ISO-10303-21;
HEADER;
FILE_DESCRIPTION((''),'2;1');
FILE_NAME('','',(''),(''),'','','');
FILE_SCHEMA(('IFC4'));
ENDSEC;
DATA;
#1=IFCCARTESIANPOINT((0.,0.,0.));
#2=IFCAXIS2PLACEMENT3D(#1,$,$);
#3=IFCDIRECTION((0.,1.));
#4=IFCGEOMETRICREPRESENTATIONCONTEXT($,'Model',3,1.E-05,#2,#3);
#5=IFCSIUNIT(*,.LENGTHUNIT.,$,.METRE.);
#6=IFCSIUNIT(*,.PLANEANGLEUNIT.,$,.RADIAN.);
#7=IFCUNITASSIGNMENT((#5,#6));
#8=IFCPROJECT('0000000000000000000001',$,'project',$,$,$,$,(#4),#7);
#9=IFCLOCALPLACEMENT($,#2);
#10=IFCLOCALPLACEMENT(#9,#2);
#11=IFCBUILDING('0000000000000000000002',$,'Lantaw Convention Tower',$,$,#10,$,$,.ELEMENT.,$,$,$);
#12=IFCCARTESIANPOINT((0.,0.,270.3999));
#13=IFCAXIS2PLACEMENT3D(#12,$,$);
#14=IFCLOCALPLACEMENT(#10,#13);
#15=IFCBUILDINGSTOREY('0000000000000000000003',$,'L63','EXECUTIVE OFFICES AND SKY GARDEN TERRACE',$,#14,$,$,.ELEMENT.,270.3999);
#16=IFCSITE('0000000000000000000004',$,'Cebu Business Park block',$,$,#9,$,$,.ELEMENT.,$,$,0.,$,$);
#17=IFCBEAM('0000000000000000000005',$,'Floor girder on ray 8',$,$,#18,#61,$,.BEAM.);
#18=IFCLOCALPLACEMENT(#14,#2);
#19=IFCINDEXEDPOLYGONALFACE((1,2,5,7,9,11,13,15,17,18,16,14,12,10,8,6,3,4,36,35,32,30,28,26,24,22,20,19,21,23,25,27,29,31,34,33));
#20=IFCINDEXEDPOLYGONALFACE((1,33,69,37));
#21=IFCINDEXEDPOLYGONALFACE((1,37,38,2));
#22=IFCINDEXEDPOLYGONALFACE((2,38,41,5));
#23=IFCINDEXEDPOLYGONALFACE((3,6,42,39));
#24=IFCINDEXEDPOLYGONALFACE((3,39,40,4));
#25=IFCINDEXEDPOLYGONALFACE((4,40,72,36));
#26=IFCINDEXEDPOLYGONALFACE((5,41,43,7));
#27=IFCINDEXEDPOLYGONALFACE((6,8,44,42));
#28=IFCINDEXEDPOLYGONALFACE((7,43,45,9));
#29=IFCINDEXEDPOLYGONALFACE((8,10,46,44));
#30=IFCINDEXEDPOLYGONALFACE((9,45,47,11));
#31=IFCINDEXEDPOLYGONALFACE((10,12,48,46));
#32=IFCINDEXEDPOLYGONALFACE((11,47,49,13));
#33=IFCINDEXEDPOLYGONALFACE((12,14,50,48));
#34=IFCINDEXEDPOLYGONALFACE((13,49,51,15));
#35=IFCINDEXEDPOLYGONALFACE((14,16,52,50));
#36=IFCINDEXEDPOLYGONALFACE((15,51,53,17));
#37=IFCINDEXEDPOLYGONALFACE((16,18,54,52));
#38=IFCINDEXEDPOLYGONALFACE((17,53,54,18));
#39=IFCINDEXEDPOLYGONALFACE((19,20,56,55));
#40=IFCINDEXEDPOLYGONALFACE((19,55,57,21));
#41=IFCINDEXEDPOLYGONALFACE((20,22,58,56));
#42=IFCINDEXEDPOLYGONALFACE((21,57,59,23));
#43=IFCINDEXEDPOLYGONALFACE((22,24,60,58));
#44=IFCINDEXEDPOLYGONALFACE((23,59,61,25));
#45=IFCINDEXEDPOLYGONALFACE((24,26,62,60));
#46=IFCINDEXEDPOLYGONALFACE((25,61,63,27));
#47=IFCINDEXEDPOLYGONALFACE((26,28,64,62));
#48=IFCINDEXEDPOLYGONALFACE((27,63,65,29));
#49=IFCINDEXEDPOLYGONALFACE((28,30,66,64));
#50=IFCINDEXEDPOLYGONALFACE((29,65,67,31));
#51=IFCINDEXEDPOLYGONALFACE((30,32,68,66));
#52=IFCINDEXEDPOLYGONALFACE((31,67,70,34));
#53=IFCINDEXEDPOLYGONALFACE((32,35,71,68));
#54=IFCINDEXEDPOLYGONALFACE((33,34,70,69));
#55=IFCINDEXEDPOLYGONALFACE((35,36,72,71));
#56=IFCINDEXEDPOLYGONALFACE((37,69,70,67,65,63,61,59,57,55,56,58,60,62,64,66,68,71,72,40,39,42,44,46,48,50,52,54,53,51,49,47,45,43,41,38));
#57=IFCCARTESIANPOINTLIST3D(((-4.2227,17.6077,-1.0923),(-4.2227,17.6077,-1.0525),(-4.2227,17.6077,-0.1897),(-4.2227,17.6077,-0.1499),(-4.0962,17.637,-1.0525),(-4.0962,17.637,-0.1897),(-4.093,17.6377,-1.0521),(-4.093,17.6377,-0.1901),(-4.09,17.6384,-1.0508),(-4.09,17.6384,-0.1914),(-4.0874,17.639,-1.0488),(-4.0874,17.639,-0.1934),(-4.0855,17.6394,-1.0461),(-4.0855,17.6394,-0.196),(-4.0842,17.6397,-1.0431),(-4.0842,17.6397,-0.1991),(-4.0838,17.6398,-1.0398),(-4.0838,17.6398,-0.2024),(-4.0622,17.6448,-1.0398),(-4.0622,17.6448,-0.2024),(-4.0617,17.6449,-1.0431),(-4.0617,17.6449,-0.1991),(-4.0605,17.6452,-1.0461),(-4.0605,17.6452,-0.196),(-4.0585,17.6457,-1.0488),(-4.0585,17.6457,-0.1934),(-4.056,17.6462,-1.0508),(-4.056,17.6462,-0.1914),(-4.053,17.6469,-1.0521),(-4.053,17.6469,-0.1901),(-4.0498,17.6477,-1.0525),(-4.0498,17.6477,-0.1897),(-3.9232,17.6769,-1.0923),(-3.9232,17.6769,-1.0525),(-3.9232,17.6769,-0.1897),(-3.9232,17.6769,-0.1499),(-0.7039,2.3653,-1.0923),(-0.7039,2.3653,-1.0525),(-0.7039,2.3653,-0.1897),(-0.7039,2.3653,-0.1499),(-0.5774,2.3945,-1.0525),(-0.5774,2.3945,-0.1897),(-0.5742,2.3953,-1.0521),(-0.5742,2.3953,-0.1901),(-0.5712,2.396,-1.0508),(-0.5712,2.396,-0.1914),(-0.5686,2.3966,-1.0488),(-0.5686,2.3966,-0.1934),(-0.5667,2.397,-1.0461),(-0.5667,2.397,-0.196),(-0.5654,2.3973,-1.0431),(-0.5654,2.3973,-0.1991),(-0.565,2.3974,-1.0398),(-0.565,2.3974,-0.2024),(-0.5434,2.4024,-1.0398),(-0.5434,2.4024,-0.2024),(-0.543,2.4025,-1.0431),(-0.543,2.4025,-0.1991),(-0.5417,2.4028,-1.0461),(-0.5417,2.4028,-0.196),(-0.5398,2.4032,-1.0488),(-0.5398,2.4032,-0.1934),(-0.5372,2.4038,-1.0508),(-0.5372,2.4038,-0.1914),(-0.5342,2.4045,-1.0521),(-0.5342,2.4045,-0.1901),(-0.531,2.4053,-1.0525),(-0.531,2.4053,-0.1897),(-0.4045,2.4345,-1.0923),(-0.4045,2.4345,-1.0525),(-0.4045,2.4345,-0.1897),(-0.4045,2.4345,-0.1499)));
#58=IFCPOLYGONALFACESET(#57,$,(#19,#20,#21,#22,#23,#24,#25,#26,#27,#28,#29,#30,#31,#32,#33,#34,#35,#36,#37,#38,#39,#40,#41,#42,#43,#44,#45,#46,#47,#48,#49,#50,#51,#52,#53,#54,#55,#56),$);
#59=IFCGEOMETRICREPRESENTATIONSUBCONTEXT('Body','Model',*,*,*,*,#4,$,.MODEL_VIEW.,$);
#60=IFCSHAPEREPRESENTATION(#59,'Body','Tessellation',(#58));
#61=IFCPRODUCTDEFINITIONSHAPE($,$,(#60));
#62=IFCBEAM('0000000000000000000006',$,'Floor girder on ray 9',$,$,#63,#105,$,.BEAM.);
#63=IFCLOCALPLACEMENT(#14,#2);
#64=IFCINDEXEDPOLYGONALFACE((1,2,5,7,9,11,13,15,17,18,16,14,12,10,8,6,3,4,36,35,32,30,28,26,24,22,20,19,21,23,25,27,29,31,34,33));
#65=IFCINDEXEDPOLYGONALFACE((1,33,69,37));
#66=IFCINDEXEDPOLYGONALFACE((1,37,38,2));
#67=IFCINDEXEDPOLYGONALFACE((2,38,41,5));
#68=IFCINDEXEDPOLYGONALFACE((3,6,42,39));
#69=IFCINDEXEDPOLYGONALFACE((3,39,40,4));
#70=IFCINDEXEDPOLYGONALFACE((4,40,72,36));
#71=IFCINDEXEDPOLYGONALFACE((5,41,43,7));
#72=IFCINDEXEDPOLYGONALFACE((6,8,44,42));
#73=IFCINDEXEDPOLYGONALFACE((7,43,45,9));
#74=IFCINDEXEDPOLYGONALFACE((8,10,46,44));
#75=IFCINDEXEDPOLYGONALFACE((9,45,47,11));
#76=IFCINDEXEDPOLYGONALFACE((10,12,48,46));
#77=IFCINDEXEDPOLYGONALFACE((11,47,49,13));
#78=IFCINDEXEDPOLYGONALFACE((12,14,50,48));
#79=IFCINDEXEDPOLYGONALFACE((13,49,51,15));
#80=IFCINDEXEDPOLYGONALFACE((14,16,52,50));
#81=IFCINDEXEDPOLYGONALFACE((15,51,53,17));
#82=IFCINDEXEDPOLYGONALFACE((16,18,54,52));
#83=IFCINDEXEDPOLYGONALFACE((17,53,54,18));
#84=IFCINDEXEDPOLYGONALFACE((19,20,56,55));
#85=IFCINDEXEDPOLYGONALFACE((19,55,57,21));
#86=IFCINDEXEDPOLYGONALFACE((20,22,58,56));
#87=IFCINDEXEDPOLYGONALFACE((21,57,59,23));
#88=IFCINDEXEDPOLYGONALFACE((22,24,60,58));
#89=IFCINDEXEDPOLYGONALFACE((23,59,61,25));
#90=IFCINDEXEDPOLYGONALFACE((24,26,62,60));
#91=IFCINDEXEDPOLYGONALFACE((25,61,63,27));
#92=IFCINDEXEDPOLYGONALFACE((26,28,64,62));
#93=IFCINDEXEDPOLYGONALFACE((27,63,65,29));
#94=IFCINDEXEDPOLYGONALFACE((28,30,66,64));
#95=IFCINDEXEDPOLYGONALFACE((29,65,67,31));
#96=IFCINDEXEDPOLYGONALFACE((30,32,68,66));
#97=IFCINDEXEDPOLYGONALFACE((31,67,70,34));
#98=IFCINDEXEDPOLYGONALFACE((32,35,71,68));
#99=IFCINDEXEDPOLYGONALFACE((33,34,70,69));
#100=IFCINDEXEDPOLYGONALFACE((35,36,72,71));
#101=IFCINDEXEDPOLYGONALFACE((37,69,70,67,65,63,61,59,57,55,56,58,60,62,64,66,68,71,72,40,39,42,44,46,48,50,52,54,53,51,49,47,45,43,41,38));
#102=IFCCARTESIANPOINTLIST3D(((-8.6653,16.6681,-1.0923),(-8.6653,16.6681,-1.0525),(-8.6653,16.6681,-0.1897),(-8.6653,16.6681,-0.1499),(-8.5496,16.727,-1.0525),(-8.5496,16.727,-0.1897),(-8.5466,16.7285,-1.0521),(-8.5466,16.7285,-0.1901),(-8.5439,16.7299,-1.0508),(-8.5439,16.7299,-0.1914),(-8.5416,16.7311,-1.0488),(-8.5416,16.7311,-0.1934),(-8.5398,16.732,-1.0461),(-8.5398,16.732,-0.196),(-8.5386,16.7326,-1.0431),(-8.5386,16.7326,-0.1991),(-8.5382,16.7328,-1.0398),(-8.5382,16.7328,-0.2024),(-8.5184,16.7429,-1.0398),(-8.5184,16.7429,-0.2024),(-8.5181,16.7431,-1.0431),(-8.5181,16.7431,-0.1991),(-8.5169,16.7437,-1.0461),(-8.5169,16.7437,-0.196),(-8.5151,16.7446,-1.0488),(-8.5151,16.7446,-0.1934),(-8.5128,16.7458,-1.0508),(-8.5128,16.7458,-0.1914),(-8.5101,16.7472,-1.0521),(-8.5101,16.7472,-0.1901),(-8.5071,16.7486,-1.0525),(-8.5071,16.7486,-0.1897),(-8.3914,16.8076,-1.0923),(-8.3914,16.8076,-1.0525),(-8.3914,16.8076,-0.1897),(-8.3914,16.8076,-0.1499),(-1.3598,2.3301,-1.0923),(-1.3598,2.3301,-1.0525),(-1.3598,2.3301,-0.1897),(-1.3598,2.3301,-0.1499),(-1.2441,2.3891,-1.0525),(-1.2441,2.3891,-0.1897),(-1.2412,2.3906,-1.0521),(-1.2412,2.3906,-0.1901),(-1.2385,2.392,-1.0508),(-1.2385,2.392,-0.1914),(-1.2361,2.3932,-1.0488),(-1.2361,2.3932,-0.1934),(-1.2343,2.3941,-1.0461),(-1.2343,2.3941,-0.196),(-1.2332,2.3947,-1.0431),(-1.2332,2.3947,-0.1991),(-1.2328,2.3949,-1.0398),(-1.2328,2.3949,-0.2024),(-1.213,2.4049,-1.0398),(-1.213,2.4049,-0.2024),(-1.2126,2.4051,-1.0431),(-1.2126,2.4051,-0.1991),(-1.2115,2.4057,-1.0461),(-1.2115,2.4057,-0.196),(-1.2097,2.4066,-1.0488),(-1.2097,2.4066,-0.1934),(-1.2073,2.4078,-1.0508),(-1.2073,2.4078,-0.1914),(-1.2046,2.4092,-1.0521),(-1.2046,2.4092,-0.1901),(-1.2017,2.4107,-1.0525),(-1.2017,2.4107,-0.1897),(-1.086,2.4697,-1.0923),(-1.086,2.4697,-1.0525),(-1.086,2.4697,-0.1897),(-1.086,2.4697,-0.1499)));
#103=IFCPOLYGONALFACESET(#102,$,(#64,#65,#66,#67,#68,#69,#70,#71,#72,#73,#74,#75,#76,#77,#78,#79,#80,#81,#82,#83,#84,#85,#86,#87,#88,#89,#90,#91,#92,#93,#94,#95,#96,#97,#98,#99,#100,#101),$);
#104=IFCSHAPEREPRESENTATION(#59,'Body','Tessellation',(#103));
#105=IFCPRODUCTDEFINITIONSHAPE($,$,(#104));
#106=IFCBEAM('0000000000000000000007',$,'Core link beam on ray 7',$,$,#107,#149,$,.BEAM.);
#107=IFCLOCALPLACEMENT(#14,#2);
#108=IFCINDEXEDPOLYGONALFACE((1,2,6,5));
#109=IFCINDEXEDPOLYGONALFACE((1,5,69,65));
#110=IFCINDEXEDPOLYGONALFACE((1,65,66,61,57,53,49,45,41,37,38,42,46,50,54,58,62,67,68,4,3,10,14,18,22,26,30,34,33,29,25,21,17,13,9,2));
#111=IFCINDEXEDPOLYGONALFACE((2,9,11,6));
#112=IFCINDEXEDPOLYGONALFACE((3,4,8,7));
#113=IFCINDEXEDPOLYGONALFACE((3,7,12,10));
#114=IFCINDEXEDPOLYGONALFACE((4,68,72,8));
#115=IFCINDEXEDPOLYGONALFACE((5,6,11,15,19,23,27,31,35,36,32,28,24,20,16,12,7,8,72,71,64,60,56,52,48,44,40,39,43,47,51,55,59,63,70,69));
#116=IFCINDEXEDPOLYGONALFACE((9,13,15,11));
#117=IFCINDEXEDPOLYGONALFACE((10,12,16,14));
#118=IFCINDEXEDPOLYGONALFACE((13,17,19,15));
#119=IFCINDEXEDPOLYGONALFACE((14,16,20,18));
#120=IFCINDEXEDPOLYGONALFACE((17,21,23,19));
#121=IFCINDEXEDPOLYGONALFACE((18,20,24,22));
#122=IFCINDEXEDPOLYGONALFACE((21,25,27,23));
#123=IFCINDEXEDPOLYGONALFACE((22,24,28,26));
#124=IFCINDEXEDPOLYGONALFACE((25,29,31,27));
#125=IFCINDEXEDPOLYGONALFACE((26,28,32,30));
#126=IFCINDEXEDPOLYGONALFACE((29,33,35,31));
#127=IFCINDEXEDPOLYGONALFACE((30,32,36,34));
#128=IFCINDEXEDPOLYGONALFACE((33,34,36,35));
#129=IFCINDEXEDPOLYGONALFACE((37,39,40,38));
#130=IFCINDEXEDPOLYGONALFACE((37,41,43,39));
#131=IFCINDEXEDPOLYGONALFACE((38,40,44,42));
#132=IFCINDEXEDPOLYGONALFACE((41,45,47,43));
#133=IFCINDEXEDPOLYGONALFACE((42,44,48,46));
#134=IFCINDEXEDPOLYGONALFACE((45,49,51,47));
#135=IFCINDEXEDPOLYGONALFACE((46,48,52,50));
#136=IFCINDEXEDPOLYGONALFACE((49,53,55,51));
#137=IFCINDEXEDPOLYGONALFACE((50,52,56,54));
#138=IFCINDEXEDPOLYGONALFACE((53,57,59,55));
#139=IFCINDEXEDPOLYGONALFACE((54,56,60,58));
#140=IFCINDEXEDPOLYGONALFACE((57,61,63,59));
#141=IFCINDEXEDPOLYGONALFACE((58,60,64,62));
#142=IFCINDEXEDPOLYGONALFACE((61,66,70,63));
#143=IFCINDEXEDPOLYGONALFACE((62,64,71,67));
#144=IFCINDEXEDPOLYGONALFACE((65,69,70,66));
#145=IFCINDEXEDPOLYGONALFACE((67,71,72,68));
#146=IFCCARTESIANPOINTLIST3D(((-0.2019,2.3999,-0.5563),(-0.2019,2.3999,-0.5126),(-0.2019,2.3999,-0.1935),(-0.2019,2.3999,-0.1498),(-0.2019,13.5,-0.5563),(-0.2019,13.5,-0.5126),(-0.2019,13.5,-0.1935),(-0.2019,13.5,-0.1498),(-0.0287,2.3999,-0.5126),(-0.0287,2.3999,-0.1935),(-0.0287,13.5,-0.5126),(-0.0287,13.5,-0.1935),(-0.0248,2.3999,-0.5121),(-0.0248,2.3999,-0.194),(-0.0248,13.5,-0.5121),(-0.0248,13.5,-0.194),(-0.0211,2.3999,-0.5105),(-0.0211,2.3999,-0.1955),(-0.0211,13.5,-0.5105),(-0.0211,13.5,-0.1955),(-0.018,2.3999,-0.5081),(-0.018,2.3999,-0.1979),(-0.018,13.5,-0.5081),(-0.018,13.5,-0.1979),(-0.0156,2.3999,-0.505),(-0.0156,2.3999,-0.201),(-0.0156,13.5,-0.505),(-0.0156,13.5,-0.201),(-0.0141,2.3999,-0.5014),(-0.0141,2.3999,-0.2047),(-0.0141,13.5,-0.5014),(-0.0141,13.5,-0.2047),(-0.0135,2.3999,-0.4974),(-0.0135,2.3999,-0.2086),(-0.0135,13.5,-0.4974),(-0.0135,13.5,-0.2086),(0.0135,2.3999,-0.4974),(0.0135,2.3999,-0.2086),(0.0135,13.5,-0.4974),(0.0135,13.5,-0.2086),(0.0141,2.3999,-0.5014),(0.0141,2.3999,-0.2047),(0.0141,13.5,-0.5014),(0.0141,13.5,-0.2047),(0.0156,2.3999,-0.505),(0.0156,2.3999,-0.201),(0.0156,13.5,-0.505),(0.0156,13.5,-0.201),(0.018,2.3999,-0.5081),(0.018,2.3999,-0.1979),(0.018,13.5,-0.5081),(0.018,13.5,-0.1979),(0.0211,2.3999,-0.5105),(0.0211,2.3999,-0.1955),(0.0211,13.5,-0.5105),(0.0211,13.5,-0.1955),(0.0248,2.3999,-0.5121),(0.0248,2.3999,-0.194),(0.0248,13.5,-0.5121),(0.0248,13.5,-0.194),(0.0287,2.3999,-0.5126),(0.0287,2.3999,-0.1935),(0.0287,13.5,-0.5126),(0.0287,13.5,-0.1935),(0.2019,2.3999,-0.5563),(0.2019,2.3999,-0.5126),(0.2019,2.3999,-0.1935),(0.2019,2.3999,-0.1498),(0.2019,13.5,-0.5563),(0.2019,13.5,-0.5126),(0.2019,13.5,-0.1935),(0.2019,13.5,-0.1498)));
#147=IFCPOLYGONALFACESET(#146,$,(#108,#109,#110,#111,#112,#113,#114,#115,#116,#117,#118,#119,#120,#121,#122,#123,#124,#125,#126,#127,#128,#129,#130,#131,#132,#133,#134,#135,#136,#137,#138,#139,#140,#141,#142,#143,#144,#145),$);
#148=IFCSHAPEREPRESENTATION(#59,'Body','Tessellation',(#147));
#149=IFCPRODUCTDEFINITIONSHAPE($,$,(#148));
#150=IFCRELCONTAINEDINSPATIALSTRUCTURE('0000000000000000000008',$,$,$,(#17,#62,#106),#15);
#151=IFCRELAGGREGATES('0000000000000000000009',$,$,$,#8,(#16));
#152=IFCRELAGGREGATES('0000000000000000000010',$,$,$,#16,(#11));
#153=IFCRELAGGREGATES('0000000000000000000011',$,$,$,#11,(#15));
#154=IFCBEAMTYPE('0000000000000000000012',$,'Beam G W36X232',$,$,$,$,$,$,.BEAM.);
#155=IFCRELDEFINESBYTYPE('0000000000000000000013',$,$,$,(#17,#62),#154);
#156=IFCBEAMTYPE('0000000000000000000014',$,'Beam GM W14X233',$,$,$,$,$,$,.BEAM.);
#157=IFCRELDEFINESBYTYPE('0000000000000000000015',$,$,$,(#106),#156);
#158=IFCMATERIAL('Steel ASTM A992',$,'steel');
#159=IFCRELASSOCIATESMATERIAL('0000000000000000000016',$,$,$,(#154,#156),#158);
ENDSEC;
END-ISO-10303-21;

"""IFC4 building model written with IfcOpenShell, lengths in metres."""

from ifc_helpers import new_model, si_unit, direction, frame, origin, origin_2d, place, context, subcontext, project, spatial, i_section, extrude, material, material_profile, profile_set, type_object, element, save


model = new_model("IFC4")

# Units and contexts
model_context = context("Model", 3, precision=1e-05, world=origin(), true_north=direction((0.0, 1.0)))
body_context = subcontext(model_context, "Body", "Model", "MODEL_VIEW")
ifc_project = project(units=[si_unit("LENGTHUNIT", "METRE"), si_unit("PLANEANGLEUNIT", "RADIAN")], contexts=[model_context])

# Site, building, storey
site_placement = place(None, origin())
site = spatial("IfcSite", under=ifc_project, at=site_placement, Name="Cebu Business Park block", CompositionType="ELEMENT", RefElevation=0.0)
building_placement = place(site_placement, origin())
building = spatial("IfcBuilding", under=site, at=building_placement, Name="Lantaw Convention Tower", CompositionType="ELEMENT")
storey_placement = place(building_placement, frame((0.0, 0.0, 270.3999)))
storey = spatial("IfcBuildingStorey", under=building, at=storey_placement, Name="L63", Description="EXECUTIVE OFFICES AND SKY GARDEN TERRACE", CompositionType="ELEMENT", Elevation=270.3999)

# Beams
ifc_material_1 = material(Name="Steel ASTM A992", Category="steel")
ifc_material_profile_1 = material_profile(ifc_material_1, i_section(OverallWidth=0.3074, OverallDepth=0.9424, WebThickness=0.0222, FlangeThickness=0.0398, FilletRadius=0.0127, at=origin_2d()), Name="W36X232")
ifc_profile_set_1 = profile_set([ifc_material_profile_1], Name="Steel ASTM A992")
beam_type_1 = type_object("IfcBeamType", Name="Beam G W36X232", PredefinedType="BEAM", material=ifc_profile_set_1)
beam_1_placement = place(storey_placement, frame((-0.5542, 2.3999, -0.6211), z_axis=(-0.224939, 0.974373, 0.0), x_axis=(-0.974373, -0.224939, 0.0)))
element("IfcBeam", 1, at=beam_1_placement, inside=storey, type_object=beam_type_1, Name="Floor girder on ray 8", PredefinedType="BEAM", context=body_context, shape_type="SweptSolid", body=[
    extrude(i_section(OverallWidth=0.3074, OverallDepth=0.9424, WebThickness=0.0222, FlangeThickness=0.0398, FilletRadius=0.0127, at=origin_2d()), origin(), (0.0, 0.0, 1.0), 15.6433),
])
beam_2_placement = place(storey_placement, frame((-1.2229, 2.3999, -0.6211), z_axis=(-0.453986, 0.891009, 0.0), x_axis=(-0.891009, -0.453986, 0.0)))
element("IfcBeam", 2, at=beam_2_placement, inside=storey, type_object=beam_type_1, Name="Floor girder on ray 9", PredefinedType="BEAM", context=body_context, shape_type="SweptSolid", body=[
    extrude(i_section(OverallWidth=0.3074, OverallDepth=0.9424, WebThickness=0.0222, FlangeThickness=0.0398, FilletRadius=0.0127, at=origin_2d()), origin(), (0.0, 0.0, 1.0), 16.0918),
])
ifc_material_profile_2 = material_profile(ifc_material_1, i_section(OverallWidth=0.4038, OverallDepth=0.4065, WebThickness=0.0271, FlangeThickness=0.0437, FilletRadius=0.0151, at=origin_2d()), Name="W14X233")
ifc_profile_set_2 = profile_set([ifc_material_profile_2], Name="Steel ASTM A992")
beam_type_2 = type_object("IfcBeamType", Name="Beam GM W14X233", PredefinedType="BEAM", material=ifc_profile_set_2)
beam_3_placement = place(storey_placement, frame((0.0, 2.3999, -0.353), z_axis=(0.0, 1.0, 0.0), x_axis=(-1.0, 0.0, 0.0)))
element("IfcBeam", 3, at=beam_3_placement, inside=storey, type_object=beam_type_2, Name="Core link beam on ray 7", PredefinedType="BEAM", context=body_context, shape_type="SweptSolid", body=[
    extrude(i_section(OverallWidth=0.4038, OverallDepth=0.4065, WebThickness=0.0271, FlangeThickness=0.0437, FilletRadius=0.0151, at=origin_2d()), origin(), (0.0, 0.0, 1.0), 11.1001),
])

save(model, "model.ifc")
